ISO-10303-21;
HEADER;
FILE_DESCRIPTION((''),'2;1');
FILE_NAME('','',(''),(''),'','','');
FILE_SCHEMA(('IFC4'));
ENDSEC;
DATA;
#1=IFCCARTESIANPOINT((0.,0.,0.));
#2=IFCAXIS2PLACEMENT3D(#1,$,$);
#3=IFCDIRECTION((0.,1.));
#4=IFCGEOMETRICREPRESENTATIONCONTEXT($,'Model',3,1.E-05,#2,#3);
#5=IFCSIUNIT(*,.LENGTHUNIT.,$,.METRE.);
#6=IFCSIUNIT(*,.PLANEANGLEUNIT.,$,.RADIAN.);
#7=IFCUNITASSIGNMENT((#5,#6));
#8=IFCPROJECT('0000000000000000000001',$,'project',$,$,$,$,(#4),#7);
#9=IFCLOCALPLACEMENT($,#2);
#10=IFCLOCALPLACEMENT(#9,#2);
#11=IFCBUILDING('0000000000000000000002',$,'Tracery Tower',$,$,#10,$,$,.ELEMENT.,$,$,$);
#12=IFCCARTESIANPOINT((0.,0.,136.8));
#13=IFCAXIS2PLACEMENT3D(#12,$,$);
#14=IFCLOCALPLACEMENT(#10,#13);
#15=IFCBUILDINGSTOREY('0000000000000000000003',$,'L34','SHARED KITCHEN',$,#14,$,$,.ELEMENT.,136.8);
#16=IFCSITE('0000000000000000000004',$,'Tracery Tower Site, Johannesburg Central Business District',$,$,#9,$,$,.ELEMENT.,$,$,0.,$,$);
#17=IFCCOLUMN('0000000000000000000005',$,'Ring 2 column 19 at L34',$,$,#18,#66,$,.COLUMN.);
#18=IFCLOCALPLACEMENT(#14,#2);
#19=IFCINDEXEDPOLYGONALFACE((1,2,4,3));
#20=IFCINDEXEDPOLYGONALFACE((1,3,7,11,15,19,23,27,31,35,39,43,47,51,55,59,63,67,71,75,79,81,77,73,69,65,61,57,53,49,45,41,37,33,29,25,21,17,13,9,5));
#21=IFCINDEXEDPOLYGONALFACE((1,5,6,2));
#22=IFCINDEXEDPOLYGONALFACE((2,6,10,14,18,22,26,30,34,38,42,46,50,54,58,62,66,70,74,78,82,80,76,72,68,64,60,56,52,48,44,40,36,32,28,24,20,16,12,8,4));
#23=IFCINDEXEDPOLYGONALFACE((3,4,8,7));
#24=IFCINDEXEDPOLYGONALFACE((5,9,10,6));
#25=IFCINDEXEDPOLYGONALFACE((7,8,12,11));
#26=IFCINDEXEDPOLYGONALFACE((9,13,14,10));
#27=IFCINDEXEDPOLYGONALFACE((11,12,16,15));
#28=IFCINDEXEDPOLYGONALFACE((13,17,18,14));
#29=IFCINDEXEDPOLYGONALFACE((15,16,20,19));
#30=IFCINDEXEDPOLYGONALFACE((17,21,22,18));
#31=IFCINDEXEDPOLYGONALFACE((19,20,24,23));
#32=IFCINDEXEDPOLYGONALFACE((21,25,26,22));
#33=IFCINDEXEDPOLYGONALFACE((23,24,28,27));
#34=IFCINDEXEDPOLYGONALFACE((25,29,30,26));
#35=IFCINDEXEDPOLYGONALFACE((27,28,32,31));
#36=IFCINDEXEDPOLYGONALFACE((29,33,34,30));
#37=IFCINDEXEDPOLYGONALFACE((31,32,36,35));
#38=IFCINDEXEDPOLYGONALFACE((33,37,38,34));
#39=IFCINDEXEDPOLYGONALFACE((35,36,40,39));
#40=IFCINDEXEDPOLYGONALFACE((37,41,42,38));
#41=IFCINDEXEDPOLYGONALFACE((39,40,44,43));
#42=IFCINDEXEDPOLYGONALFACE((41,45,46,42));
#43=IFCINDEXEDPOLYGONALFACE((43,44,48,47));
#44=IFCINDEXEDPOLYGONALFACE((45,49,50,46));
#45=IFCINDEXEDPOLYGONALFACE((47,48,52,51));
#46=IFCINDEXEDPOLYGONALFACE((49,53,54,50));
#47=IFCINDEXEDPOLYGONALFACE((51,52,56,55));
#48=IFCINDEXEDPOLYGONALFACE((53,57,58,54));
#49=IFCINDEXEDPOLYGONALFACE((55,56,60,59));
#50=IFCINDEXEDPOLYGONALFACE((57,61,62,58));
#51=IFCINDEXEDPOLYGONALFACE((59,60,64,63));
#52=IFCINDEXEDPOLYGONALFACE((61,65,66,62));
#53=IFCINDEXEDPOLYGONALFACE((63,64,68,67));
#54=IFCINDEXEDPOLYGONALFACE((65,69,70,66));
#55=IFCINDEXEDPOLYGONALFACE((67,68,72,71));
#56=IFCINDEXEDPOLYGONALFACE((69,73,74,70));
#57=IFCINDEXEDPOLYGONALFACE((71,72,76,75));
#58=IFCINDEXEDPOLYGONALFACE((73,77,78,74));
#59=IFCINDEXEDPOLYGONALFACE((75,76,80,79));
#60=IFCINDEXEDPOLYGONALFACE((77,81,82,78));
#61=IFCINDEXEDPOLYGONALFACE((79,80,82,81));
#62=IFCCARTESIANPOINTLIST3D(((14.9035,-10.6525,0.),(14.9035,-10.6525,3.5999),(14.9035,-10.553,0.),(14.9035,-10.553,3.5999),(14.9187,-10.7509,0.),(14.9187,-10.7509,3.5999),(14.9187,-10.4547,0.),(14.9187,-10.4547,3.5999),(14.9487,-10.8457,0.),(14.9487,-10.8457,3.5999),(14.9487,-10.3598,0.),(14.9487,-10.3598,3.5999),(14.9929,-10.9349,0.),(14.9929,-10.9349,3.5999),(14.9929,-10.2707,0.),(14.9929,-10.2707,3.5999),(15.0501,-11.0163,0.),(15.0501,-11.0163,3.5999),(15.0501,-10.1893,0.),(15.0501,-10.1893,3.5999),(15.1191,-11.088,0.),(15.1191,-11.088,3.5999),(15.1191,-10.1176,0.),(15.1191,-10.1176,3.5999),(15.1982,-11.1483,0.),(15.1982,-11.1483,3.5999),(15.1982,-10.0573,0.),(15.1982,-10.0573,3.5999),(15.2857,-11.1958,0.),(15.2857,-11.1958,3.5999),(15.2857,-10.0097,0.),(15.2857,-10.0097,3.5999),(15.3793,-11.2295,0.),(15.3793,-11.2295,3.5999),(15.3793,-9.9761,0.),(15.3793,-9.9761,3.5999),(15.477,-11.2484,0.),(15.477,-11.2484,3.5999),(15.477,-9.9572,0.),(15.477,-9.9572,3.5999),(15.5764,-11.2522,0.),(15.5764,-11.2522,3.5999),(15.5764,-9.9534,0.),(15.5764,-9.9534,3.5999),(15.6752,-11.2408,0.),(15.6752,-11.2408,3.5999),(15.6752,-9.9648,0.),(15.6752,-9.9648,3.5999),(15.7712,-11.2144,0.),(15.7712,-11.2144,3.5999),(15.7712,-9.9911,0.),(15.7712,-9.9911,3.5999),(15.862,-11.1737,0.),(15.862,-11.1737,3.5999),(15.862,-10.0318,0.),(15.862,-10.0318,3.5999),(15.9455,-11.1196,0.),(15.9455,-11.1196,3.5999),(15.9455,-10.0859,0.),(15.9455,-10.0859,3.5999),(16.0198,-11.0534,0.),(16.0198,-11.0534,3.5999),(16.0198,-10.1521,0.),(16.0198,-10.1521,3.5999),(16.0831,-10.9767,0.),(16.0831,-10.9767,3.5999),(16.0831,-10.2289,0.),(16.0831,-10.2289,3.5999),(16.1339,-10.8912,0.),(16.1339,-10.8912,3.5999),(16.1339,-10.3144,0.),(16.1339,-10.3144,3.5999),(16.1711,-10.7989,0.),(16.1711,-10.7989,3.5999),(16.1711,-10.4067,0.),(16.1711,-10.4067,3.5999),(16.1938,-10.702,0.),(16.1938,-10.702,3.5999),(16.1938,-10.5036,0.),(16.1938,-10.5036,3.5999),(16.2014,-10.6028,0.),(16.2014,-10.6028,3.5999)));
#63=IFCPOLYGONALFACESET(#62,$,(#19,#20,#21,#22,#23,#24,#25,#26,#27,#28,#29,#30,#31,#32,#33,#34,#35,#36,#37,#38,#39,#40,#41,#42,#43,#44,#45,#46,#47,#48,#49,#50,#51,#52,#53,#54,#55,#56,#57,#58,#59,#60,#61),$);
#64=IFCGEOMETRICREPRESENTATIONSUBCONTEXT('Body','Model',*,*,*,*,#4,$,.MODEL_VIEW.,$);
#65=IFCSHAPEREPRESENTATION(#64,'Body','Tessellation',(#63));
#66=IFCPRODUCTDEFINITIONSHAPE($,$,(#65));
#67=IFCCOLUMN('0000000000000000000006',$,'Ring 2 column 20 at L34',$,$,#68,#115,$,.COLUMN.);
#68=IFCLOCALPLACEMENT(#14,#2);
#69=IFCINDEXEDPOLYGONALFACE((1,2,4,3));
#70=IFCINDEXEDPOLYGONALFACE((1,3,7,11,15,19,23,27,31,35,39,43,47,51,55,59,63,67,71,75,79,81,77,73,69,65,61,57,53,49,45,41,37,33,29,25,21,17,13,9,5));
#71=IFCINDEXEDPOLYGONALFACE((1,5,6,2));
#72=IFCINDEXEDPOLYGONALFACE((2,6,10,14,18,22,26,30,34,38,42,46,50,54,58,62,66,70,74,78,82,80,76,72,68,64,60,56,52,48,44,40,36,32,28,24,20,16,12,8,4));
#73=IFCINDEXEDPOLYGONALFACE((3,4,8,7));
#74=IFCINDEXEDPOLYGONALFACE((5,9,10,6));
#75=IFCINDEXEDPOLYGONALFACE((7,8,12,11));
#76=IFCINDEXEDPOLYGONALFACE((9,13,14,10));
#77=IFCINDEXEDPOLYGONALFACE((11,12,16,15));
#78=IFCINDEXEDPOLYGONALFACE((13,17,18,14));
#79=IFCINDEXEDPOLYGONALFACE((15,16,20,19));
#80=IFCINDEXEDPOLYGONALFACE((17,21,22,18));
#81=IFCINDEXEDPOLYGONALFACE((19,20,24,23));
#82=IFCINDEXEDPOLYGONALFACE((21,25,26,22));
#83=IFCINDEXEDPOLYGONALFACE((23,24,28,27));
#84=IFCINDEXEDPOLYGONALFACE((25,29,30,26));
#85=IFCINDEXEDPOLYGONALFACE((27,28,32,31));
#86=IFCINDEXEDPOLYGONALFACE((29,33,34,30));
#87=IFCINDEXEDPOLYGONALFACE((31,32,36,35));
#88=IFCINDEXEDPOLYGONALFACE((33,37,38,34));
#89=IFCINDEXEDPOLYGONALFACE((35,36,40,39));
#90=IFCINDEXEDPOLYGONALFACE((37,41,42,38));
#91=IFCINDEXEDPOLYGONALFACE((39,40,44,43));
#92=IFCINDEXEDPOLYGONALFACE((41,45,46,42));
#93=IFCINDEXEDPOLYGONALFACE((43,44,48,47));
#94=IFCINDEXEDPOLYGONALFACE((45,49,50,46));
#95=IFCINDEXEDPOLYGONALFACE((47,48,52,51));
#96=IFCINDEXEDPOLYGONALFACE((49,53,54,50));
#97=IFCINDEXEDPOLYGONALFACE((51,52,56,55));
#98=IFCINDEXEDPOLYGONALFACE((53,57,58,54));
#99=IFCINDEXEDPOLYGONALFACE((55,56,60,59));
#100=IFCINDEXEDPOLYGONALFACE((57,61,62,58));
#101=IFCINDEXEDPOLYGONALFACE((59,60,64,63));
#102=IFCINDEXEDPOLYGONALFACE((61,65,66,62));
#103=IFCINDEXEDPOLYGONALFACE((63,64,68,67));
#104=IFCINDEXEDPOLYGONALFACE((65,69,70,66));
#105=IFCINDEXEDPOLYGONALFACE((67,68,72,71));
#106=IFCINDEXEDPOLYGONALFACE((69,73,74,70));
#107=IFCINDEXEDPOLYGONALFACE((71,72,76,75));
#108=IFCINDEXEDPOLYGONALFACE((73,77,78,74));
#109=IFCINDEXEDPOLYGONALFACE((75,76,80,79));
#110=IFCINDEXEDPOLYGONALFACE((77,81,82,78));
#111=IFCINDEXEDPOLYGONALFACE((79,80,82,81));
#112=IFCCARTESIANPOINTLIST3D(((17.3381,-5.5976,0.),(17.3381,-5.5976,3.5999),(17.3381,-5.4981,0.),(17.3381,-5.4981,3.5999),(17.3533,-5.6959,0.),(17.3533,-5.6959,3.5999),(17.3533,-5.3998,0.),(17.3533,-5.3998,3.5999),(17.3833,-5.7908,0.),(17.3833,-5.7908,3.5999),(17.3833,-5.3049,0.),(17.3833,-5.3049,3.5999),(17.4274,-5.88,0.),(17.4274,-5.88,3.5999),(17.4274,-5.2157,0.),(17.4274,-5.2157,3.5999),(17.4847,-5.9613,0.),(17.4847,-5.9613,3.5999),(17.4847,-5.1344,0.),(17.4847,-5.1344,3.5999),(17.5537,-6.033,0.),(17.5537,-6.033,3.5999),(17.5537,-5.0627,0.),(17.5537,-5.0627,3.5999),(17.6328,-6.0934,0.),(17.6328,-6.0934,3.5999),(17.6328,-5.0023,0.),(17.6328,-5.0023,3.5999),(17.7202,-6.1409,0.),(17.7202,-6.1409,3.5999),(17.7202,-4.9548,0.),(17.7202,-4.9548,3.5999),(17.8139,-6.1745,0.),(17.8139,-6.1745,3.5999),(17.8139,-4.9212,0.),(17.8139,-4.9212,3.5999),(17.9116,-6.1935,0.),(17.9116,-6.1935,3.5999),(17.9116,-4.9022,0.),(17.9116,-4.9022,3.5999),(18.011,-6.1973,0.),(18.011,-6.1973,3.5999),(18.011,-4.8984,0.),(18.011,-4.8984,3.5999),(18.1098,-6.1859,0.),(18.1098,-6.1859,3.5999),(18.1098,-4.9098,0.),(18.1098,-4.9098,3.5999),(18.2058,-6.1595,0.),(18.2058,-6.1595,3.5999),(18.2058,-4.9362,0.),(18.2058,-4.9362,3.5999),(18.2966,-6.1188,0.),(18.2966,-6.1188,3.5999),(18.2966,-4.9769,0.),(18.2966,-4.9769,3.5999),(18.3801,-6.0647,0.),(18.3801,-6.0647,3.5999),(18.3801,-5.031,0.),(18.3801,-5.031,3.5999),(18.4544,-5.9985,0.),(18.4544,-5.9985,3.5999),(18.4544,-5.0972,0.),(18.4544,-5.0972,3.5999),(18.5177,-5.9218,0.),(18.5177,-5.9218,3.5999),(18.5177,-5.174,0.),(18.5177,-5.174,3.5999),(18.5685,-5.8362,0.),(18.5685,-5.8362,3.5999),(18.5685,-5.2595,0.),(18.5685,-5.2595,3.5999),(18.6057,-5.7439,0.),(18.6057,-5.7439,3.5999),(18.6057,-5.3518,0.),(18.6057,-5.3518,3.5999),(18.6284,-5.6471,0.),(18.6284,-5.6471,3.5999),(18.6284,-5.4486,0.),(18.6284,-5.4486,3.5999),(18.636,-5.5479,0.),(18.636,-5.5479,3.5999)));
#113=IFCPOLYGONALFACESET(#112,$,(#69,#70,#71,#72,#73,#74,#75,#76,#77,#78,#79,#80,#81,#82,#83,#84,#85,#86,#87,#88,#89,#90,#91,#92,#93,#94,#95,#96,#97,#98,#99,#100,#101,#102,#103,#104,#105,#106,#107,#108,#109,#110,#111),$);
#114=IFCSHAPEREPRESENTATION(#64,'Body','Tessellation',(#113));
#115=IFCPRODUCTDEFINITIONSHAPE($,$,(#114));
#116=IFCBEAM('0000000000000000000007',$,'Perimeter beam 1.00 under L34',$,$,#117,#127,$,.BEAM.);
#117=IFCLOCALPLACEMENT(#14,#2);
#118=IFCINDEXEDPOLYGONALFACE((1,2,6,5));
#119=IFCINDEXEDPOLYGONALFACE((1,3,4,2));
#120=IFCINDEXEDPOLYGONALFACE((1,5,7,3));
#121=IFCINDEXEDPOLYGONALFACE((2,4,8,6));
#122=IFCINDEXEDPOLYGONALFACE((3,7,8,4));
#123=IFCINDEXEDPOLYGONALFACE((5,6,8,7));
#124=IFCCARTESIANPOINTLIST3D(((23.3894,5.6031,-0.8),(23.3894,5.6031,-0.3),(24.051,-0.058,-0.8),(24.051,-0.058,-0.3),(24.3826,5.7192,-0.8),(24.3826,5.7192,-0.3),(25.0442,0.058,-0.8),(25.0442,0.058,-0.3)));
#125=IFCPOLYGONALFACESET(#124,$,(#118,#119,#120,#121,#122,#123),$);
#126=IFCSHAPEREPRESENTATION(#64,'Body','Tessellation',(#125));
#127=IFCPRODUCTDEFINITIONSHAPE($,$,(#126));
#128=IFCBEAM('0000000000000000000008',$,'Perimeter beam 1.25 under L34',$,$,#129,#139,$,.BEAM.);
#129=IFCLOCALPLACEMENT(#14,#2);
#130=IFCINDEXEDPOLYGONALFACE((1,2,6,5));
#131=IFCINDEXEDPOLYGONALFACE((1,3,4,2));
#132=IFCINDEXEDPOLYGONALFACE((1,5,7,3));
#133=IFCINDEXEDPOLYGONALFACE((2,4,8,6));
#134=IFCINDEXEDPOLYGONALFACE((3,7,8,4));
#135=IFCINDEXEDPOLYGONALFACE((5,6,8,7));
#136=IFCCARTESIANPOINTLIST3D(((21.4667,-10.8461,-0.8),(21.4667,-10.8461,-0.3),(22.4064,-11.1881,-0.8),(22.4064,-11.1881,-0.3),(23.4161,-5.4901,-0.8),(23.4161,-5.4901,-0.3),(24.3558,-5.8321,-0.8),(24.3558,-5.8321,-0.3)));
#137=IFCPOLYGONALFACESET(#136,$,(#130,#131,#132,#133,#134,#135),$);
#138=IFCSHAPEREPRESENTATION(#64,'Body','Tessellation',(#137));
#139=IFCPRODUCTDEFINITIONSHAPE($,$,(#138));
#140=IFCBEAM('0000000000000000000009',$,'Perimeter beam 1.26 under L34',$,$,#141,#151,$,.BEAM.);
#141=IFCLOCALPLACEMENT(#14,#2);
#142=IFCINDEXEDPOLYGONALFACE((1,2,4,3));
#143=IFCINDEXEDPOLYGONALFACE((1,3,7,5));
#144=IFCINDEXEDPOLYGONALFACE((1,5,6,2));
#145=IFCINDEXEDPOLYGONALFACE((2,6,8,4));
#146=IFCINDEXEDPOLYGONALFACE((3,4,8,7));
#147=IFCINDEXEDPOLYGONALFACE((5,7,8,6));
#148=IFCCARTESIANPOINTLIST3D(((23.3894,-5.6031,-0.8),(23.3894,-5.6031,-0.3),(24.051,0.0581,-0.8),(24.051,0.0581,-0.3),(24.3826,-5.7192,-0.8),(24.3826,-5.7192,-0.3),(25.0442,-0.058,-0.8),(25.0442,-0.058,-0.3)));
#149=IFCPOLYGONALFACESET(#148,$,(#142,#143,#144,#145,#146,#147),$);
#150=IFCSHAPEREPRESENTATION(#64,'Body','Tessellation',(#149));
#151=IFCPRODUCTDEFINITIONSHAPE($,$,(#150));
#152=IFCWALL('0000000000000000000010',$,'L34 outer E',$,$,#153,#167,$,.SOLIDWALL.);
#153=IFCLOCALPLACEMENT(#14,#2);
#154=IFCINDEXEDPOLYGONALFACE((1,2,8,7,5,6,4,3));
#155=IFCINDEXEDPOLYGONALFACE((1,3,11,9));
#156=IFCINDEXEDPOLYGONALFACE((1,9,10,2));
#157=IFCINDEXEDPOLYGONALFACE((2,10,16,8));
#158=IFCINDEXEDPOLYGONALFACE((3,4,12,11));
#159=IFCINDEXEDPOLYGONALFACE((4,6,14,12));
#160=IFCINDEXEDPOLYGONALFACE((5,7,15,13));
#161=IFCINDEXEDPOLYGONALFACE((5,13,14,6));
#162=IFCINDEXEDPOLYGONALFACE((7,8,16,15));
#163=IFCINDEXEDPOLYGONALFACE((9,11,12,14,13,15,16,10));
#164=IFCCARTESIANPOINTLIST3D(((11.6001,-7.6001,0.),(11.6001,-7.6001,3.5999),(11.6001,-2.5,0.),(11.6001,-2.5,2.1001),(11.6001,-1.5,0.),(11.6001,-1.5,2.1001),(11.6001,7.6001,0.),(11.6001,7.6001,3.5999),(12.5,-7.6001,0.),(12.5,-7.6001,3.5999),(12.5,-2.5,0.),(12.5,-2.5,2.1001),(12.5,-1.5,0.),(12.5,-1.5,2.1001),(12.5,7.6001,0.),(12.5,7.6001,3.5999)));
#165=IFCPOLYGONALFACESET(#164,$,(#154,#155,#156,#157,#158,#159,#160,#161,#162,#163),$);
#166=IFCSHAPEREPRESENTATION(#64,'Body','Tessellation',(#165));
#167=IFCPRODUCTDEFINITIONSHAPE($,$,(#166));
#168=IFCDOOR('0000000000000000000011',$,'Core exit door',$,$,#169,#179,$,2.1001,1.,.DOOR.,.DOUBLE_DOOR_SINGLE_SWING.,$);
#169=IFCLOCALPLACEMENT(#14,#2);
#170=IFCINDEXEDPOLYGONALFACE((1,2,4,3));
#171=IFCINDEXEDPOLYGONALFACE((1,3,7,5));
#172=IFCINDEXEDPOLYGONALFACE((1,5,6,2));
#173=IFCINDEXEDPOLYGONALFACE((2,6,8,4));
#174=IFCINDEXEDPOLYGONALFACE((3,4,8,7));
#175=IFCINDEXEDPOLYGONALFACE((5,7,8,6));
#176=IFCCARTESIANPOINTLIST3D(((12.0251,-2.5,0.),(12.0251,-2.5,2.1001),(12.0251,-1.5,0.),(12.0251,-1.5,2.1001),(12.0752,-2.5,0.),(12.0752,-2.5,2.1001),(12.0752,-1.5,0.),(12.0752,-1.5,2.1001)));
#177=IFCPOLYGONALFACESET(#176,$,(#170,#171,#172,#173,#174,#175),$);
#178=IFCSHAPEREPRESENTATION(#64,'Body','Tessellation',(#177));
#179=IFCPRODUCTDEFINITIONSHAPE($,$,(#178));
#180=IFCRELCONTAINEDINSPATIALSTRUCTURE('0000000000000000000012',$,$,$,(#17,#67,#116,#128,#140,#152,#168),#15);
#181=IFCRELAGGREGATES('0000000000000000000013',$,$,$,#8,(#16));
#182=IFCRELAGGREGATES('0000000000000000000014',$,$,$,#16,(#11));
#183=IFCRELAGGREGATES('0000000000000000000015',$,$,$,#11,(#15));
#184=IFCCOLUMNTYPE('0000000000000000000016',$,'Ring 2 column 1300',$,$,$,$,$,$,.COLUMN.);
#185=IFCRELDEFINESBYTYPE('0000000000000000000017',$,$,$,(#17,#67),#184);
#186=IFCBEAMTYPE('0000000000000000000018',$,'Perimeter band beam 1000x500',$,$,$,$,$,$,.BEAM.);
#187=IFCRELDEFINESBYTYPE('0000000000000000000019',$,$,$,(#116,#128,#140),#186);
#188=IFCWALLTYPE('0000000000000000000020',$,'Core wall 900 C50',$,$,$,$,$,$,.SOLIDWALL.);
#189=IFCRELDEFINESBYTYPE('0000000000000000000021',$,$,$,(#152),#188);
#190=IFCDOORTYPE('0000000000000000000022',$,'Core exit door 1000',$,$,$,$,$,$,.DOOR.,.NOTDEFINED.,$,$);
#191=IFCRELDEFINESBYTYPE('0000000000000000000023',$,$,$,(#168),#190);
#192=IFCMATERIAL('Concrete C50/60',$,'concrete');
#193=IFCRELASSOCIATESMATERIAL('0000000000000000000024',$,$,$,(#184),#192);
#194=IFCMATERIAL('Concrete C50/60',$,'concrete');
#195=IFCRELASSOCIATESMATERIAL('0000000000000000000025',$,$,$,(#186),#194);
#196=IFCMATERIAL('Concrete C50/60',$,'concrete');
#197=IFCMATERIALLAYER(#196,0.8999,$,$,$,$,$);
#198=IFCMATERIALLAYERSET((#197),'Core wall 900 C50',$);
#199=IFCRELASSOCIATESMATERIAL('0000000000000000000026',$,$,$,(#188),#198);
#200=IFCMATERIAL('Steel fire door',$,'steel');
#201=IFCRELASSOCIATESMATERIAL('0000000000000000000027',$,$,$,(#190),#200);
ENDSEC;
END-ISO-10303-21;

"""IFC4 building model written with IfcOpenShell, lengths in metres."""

from ifc_helpers import new_model, si_unit, direction, frame, frame_2d, origin, origin_2d, place, context, subcontext, project, spatial, rectangle, circle, extrude, material, layer, layer_set, material_profile, profile_set, type_object, element, fill, save


model = new_model("IFC4")

# Units and contexts
model_context = context("Model", 3, precision=1e-05, world=origin(), true_north=direction((0.0, 1.0)))
body_context = subcontext(model_context, "Body", "Model", "MODEL_VIEW")
ifc_project = project(units=[si_unit("LENGTHUNIT", "METRE"), si_unit("PLANEANGLEUNIT", "RADIAN")], contexts=[model_context])

# Site, building, storey
site_placement = place(None, origin())
site = spatial("IfcSite", under=ifc_project, at=site_placement, Name="Tracery Tower Site, Johannesburg Central Business District", CompositionType="ELEMENT", RefElevation=0.0)
building_placement = place(site_placement, origin())
building = spatial("IfcBuilding", under=site, at=building_placement, Name="Tracery Tower", CompositionType="ELEMENT")
storey_placement = place(building_placement, frame((0.0, 0.0, 136.8)))
storey = spatial("IfcBuildingStorey", under=building, at=storey_placement, Name="L34", Description="SHARED KITCHEN", CompositionType="ELEMENT", Elevation=136.8)

# Columns
ifc_material_1 = material(Name="Concrete C50/60", Category="concrete")
ifc_material_profile_1 = material_profile(ifc_material_1, circle(Radius=0.6499, at=origin_2d()), Name="RC D1300")
ifc_profile_set_1 = profile_set([ifc_material_profile_1], Name="Concrete C50/60")
column_type_1 = type_object("IfcColumnType", Name="Ring 2 column 1300", PredefinedType="COLUMN", material=ifc_profile_set_1)
for number, where, z_axis, x_axis, name in (
    (1, (15.5515, -10.6028, 0.0), (0.0, 0.0, 1.0), (1.0, 0.0, 0.0), "Ring 2 column 19 at L34"),
    (2, (17.9861, -5.5479, 0.0), (0.0, 0.0, 1.0), (1.0, 0.0, 0.0), "Ring 2 column 20 at L34"),
):
    element("IfcColumn", number, at=place(storey_placement, frame(where, z_axis=z_axis, x_axis=x_axis)), inside=storey, type_object=column_type_1, Name=name, PredefinedType="COLUMN", context=body_context, shape_type="SweptSolid", body=[
        extrude(circle(Radius=0.6499, at=origin_2d()), origin(), (0.0, 0.0, 1.0), 3.5999),
    ])

# Beams
ifc_material_2 = material(Name="Concrete C50/60", Category="concrete")
ifc_material_profile_2 = material_profile(ifc_material_2, rectangle(XDim=1.0, YDim=0.5, at=origin_2d()), Name="RC 1000x500")
ifc_profile_set_2 = profile_set([ifc_material_profile_2], Name="Concrete C50/60")
beam_type = type_object("IfcBeamType", Name="Perimeter band beam 1000x500", PredefinedType="BEAM", material=ifc_profile_set_2)
for number, where, z_axis, x_axis, name in (
    (3, (24.5476, 0.0, -0.55), (-0.116081, 0.99324, 0.0), (-0.99324, -0.116081, 0.0), "Perimeter beam 1.00 under L34"),
    (4, (21.9365, -11.0171, -0.55), (0.342029, 0.93969, 0.0), (-0.93969, 0.342029, 0.0), "Perimeter beam 1.25 under L34"),
    (5, (23.886, -5.6611, -0.55), (0.116081, 0.99324, 0.0), (-0.99324, 0.116081, 0.0), "Perimeter beam 1.26 under L34"),
):
    element("IfcBeam", number, at=place(storey_placement, frame(where, z_axis=z_axis, x_axis=x_axis)), inside=storey, type_object=beam_type, Name=name, PredefinedType="BEAM", context=body_context, shape_type="SweptSolid", body=[
        extrude(rectangle(XDim=1.0, YDim=0.5, at=origin_2d()), origin(), (0.0, 0.0, 1.0), 5.6997),
    ])

# Wall, opening, door
ifc_material_3 = material(Name="Concrete C50/60", Category="concrete")
ifc_layer_1 = layer(ifc_material_3, 0.8999)
ifc_layer_set_1 = layer_set([ifc_layer_1], Name="Core wall 900 C50")
wall_type_1 = type_object("IfcWallType", Name="Core wall 900 C50", PredefinedType="SOLIDWALL", material=ifc_layer_set_1)
wall_1_placement = place(storey_placement, frame((12.05, -7.6001, 0.0), z_axis=(0.0, 0.0, 1.0), x_axis=(0.0, 1.0, 0.0)))
wall_1 = element("IfcWall", 6, at=wall_1_placement, inside=storey, type_object=wall_type_1, Name="L34 outer E", PredefinedType="SOLIDWALL", context=body_context, shape_type="SweptSolid", body=[
    extrude(rectangle(XDim=15.2002, YDim=0.8999, at=frame_2d((7.6001, 0.0))), origin(), (0.0, 0.0, 1.0), 3.5999),
])
opening_1_placement = place(wall_1_placement, frame((5.1001, 0.0, 0.0)))
opening_1 = element("IfcOpeningElement", 7, at=opening_1_placement, cuts=wall_1, PredefinedType="OPENING", context=body_context, shape_type="SweptSolid", body=[
    extrude(rectangle(XDim=1.0, YDim=2.1001, at=frame_2d((0.5, 1.05))), frame((0.0, 0.45, 0.0), z_axis=(0.0, -1.0, 0.0), x_axis=(1.0, 0.0, 0.0)), (0.0, 0.0, 1.0), 0.8999),
])
ifc_material_4 = material(Name="Steel fire door", Category="steel")
door_type_1 = type_object("IfcDoorType", Name="Core exit door 1000", OperationType="NOTDEFINED", PredefinedType="DOOR", material=ifc_material_4)
door_1_placement = place(opening_1_placement, origin())
door_1 = element("IfcDoor", 8, at=door_1_placement, inside=storey, type_object=door_type_1, Name="Core exit door", OperationType="DOUBLE_DOOR_SINGLE_SWING", OverallHeight=2.1001, OverallWidth=1.0, PredefinedType="DOOR", context=body_context, shape_type="SweptSolid", body=[
    extrude(rectangle(XDim=1.0, YDim=2.1001, at=frame_2d((0.5, 1.05))), frame((0.0, 0.0249, 0.0), z_axis=(0.0, -1.0, 0.0), x_axis=(1.0, 0.0, 0.0)), (0.0, 0.0, 1.0), 0.05),
])
fill(opening_1, door_1)

save(model, "model.ifc")
